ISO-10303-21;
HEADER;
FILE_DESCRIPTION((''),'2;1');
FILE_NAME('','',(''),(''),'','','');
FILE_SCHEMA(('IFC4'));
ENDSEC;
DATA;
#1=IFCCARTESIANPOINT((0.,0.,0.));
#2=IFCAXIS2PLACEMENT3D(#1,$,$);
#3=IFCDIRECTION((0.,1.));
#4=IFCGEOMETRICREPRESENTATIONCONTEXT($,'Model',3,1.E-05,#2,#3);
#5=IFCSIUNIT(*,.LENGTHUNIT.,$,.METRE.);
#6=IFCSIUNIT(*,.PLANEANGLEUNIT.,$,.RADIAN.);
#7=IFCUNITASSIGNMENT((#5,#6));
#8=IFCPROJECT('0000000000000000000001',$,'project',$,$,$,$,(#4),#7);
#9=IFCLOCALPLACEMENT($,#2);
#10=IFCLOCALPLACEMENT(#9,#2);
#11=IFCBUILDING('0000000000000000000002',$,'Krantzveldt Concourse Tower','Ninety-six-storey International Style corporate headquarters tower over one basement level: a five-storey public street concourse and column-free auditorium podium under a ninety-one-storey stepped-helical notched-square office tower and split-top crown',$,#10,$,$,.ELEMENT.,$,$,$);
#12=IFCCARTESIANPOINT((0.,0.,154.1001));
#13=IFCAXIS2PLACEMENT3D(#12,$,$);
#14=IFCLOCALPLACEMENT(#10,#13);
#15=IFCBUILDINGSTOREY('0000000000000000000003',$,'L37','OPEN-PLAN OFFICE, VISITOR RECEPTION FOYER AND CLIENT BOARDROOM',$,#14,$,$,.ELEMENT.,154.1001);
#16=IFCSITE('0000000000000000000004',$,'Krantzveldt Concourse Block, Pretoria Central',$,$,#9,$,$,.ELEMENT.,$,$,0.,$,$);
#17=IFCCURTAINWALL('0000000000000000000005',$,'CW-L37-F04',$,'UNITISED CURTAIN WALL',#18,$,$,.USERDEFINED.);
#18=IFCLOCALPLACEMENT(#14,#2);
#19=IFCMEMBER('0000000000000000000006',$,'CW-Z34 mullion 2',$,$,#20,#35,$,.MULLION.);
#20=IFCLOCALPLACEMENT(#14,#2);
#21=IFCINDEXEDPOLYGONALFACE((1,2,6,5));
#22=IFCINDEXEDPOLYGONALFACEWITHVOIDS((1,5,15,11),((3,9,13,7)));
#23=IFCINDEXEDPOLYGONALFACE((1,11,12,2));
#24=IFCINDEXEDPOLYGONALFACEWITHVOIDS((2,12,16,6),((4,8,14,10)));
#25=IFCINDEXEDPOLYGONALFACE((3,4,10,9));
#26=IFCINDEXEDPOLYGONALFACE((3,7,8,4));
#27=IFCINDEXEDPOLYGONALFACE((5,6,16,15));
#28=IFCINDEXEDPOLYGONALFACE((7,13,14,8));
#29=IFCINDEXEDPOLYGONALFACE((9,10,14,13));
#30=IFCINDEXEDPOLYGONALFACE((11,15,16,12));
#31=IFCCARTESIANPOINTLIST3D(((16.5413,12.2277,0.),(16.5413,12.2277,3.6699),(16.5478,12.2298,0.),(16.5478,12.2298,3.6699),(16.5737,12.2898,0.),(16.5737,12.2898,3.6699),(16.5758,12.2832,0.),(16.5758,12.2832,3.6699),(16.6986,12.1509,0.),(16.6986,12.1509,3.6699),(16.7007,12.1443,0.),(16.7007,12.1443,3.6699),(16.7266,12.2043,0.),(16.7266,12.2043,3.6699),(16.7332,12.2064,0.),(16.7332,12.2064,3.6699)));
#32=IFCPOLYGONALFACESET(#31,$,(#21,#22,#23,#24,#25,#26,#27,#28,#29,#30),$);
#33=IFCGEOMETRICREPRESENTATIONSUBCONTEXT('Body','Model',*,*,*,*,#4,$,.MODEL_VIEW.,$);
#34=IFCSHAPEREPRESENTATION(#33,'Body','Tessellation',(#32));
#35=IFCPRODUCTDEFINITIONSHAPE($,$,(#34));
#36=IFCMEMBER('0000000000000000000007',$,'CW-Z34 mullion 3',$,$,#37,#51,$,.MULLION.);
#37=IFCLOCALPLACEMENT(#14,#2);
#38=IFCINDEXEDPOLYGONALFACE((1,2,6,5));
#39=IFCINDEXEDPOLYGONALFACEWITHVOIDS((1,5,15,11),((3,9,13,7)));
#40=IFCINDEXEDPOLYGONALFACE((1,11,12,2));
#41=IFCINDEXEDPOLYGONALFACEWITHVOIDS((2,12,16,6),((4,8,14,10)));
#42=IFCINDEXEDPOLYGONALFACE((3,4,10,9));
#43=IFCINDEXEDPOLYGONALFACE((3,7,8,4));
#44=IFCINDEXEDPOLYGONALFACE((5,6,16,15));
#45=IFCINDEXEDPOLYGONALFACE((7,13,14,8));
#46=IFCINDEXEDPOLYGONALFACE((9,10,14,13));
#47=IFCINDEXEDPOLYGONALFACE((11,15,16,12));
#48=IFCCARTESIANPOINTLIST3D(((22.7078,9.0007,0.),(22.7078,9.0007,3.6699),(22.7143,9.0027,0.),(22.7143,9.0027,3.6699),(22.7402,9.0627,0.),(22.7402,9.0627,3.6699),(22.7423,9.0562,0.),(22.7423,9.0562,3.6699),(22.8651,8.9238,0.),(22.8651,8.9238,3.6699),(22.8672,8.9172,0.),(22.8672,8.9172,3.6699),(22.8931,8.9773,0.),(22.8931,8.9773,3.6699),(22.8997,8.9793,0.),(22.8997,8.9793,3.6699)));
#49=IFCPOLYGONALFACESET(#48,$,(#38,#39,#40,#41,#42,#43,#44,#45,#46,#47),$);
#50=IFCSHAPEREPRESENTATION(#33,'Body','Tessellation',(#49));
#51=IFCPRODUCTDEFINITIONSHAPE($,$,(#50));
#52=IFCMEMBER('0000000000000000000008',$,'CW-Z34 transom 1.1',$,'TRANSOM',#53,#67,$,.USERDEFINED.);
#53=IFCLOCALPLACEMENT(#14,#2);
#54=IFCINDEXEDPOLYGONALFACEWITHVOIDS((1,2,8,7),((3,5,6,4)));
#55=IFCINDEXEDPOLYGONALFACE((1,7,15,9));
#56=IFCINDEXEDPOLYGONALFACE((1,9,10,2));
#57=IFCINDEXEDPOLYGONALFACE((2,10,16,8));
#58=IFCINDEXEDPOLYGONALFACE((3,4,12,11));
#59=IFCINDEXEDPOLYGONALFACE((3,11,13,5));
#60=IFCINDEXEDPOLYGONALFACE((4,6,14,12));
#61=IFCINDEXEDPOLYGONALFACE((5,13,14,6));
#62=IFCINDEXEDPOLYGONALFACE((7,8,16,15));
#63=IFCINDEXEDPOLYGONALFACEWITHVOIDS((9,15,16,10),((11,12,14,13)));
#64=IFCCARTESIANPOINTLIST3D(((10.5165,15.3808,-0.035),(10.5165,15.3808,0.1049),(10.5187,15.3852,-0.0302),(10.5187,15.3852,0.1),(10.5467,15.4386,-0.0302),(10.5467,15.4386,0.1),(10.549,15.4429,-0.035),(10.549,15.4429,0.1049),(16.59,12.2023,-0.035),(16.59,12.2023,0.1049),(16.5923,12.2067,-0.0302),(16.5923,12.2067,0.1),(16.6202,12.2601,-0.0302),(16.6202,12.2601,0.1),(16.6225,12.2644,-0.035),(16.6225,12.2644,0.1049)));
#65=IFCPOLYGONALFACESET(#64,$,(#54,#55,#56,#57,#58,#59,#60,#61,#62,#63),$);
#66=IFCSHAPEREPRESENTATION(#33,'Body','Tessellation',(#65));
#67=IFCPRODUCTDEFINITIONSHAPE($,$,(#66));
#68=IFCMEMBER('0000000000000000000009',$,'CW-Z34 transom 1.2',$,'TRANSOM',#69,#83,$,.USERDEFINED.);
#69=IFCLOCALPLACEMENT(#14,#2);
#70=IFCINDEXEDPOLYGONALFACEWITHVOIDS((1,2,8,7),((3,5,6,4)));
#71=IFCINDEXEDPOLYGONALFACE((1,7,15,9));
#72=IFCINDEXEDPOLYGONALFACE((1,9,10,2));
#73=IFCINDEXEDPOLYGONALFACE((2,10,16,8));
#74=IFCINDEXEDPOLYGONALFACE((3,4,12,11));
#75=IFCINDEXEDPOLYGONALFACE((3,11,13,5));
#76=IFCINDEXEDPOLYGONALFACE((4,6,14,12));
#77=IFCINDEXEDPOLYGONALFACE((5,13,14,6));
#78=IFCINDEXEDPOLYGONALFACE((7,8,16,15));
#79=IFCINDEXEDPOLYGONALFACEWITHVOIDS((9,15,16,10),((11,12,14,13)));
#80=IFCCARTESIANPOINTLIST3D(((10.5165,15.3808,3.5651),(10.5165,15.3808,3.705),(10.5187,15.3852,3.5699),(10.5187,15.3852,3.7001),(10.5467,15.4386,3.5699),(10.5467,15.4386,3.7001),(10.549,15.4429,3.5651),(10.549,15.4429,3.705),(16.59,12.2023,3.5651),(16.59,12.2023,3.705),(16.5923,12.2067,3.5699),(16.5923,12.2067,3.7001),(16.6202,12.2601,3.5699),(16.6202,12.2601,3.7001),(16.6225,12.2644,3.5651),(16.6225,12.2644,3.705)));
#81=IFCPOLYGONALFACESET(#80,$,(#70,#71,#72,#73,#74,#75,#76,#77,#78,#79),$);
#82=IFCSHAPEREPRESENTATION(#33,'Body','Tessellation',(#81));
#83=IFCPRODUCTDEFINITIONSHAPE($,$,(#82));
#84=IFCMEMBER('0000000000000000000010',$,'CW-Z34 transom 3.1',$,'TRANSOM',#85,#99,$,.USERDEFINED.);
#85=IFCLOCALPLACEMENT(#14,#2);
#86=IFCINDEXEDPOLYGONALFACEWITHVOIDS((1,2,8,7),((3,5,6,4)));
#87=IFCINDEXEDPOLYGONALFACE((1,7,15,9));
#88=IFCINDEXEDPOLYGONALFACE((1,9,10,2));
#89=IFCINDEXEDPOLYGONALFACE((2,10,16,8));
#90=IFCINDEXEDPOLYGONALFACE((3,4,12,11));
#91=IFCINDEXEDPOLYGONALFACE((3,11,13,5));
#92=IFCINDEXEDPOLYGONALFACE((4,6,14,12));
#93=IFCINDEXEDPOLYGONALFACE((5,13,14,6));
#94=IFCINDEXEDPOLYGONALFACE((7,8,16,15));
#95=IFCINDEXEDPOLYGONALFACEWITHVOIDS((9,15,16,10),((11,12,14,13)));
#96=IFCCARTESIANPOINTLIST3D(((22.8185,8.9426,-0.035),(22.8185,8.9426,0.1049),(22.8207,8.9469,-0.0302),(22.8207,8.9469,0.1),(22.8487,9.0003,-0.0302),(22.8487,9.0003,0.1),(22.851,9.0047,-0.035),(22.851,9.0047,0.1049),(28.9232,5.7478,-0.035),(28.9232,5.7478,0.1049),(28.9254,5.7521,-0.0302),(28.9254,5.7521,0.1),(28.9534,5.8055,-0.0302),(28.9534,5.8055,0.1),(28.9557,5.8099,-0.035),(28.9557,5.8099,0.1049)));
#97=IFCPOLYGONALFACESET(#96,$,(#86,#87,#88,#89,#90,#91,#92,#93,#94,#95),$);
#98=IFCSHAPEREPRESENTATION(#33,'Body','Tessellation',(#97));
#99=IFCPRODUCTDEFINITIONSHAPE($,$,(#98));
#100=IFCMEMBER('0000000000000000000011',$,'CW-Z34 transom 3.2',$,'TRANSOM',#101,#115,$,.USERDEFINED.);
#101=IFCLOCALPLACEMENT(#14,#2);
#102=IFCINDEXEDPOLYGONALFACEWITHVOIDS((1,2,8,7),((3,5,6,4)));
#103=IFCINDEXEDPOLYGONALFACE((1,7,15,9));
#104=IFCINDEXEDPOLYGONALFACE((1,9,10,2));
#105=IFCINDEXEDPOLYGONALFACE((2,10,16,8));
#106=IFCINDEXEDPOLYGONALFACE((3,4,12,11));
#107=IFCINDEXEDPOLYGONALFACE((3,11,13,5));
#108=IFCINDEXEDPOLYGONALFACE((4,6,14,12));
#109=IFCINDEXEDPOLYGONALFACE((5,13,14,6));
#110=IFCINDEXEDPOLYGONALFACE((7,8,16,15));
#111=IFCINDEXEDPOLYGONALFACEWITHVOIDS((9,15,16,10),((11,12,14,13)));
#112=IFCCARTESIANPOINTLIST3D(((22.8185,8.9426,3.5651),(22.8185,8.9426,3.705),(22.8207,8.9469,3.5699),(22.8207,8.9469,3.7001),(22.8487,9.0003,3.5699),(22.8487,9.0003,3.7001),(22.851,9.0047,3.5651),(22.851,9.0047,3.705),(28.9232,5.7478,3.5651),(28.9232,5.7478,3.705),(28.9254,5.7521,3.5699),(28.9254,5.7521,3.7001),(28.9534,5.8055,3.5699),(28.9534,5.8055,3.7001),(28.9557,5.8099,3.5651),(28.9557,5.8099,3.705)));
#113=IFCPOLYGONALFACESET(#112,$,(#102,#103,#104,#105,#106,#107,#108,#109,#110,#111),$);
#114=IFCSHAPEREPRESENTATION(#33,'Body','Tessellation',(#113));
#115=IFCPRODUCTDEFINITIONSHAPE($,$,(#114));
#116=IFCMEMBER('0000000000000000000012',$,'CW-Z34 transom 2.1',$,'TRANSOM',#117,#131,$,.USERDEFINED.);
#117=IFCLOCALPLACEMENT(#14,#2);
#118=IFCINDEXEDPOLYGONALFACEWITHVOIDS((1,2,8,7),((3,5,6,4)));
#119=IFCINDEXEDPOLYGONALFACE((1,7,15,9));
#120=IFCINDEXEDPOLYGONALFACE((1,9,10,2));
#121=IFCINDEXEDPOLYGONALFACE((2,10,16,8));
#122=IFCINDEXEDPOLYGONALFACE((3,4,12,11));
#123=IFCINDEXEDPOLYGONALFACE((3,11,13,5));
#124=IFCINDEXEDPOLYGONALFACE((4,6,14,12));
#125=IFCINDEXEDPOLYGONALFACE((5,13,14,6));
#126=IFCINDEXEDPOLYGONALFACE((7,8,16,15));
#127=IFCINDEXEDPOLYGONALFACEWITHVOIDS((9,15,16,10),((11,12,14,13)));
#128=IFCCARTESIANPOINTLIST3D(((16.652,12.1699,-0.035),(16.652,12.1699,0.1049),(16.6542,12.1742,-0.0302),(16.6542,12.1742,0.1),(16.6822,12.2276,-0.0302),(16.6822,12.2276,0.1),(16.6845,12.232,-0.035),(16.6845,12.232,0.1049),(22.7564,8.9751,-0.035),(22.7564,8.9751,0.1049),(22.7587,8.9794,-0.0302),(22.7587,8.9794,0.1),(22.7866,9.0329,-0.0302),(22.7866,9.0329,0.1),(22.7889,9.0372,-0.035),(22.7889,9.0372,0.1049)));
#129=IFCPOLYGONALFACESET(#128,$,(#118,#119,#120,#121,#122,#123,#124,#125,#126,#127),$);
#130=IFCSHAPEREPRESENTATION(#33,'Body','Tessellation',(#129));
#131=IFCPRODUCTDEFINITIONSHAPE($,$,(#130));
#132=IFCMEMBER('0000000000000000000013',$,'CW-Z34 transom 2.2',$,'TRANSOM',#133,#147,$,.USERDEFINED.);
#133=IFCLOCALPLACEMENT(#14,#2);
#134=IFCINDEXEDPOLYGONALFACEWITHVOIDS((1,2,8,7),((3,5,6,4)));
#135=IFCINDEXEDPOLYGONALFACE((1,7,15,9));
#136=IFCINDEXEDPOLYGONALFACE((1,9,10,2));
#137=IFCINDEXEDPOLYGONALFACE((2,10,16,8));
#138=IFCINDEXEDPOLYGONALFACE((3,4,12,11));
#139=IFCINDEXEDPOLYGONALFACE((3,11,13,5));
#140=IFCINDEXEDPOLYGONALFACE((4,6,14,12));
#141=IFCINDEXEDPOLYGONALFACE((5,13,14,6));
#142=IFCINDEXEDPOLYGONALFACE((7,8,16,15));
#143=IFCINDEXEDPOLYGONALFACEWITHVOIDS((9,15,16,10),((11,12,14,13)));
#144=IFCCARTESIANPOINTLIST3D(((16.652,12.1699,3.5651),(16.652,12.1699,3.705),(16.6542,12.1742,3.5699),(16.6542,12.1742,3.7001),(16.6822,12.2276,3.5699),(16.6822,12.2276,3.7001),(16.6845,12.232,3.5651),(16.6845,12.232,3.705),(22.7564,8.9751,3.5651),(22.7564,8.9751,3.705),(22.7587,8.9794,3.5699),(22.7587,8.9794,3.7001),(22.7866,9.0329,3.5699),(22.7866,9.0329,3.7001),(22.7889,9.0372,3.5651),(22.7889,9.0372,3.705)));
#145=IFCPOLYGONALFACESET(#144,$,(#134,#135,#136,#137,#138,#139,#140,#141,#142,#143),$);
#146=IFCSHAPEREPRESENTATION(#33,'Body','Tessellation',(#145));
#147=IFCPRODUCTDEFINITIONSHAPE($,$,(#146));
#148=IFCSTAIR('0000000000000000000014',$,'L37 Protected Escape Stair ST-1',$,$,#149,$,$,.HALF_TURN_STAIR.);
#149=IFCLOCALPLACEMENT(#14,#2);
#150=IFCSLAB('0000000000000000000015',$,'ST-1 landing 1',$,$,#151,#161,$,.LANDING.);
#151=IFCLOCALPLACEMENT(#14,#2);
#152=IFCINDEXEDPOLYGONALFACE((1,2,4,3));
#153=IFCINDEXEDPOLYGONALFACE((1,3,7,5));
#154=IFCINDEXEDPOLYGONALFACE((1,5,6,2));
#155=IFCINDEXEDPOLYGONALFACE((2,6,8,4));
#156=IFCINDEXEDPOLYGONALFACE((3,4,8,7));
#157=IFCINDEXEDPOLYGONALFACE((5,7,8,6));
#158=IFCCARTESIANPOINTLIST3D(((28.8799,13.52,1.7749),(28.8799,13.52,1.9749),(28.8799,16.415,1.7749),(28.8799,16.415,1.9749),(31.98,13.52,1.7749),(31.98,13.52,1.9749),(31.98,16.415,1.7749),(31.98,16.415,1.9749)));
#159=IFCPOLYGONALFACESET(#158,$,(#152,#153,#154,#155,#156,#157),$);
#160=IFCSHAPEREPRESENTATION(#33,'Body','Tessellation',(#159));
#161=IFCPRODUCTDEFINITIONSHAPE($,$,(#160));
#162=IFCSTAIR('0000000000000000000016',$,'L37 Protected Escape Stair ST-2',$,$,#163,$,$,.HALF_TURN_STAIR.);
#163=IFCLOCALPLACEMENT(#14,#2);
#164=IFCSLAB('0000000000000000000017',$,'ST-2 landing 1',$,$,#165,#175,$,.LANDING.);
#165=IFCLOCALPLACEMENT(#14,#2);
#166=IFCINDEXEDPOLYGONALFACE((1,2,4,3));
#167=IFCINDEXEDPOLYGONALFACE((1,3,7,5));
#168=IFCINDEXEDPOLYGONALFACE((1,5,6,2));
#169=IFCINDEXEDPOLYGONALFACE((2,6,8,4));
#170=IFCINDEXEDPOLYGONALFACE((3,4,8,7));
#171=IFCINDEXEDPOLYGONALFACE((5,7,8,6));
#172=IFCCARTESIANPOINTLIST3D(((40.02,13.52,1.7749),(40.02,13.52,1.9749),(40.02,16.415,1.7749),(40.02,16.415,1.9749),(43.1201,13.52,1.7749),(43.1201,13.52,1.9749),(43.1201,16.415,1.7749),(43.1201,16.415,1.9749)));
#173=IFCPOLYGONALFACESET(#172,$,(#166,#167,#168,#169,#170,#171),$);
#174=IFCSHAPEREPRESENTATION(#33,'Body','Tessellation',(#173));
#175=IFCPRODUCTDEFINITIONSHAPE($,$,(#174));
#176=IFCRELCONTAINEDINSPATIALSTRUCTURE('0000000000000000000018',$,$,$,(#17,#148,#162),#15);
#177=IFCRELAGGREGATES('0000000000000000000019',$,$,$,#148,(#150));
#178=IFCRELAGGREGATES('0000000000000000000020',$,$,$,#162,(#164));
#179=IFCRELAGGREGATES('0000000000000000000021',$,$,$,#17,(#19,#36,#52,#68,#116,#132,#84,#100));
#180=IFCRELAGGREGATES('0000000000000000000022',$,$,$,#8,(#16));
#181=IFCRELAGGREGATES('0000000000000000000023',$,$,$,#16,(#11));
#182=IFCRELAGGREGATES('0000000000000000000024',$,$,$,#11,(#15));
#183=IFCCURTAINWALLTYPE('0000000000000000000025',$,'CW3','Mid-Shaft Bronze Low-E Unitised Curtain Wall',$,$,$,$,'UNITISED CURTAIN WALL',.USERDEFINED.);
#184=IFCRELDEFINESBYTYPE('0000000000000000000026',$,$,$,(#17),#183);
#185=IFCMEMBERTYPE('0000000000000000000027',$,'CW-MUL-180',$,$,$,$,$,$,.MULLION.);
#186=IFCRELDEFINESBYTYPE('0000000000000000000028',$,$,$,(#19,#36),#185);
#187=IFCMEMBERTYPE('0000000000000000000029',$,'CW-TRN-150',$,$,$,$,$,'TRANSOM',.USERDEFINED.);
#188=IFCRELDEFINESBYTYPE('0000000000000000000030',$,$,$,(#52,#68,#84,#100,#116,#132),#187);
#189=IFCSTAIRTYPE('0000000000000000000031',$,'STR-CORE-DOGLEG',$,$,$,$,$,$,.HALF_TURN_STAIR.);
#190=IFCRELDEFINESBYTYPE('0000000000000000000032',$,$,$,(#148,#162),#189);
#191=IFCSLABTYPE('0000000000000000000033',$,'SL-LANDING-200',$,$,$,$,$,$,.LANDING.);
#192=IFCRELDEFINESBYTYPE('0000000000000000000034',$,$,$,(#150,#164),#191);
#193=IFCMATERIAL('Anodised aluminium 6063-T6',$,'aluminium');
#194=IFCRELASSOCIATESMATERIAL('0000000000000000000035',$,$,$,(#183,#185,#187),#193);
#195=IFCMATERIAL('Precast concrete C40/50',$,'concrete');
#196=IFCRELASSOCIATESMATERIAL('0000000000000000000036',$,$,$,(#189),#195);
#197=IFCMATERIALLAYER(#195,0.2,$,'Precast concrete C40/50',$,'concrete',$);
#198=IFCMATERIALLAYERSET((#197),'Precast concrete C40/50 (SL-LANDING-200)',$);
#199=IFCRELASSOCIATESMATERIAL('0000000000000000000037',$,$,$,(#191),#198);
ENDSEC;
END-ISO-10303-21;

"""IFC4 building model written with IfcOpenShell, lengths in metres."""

from ifc_helpers import new_model, si_unit, direction, frame, origin, origin_2d, place, context, subcontext, project, spatial, polyline, hollow_rectangle, outline, extrude, source, transform, mapped, material, layer, layer_set, material_profile, profile_set, type_object, type_shapes, element, aggregate, save


model = new_model("IFC4")

# Units and contexts
model_context = context("Model", 3, precision=1e-05, world=origin(), true_north=direction((0.0, 1.0)))
body_context = subcontext(model_context, "Body", "Model", "MODEL_VIEW")
ifc_project = project(units=[si_unit("LENGTHUNIT", "METRE"), si_unit("PLANEANGLEUNIT", "RADIAN")], contexts=[model_context])

# Site, building, storey
site_placement = place(None, origin())
site = spatial("IfcSite", under=ifc_project, at=site_placement, Name="Krantzveldt Concourse Block, Pretoria Central", CompositionType="ELEMENT", RefElevation=0.0)
building_placement = place(site_placement, origin())
building = spatial("IfcBuilding", under=site, at=building_placement, Name="Krantzveldt Concourse Tower", Description="Ninety-six-storey International Style corporate headquarters tower over one basement level: a five-storey public street concourse and column-free auditorium podium under a ninety-one-storey stepped-helical notched-square office tower and split-top crown", CompositionType="ELEMENT")
storey_placement = place(building_placement, frame((0.0, 0.0, 154.1001)))
storey = spatial("IfcBuildingStorey", under=building, at=storey_placement, Name="L37", Description="OPEN-PLAN OFFICE, VISITOR RECEPTION FOYER AND CLIENT BOARDROOM", CompositionType="ELEMENT", Elevation=154.1001)

# Shared definitions
ifc_material_1 = material(Name="Anodised aluminium 6063-T6", Category="aluminium")
curtain_wall_type = type_object("IfcCurtainWallType", Name="CW3", Description="Mid-Shaft Bronze Low-E Unitised Curtain Wall", ElementType="UNITISED CURTAIN WALL", PredefinedType="USERDEFINED", material=ifc_material_1)
ifc_material_profile_1 = material_profile(ifc_material_1, hollow_rectangle(XDim=0.0701, YDim=0.1799, WallThickness=0.0049, at=origin_2d()), Name="Anodised aluminium 6063-T6", Category="aluminium")
ifc_profile_set_1 = profile_set([ifc_material_profile_1], Name="Anodised aluminium 6063-T6 - ALU-MULL 180x70x5")
member_type_1 = type_object("IfcMemberType", Name="CW-MUL-180", PredefinedType="MULLION", material=ifc_profile_set_1)
shared_shape_1 = source(origin(), body_context, "Body", "SweptSolid", [
    extrude(hollow_rectangle(XDim=0.0701, YDim=0.1799, WallThickness=0.0049, at=origin_2d()), origin(), (0.0, 0.0, 1.0), 3.6699),
])
type_shapes(member_type_1, [shared_shape_1])

# Curtain wall, members
curtain_wall_1_placement = place(storey_placement, origin())
curtain_wall_1 = element("IfcCurtainWall", 1, at=curtain_wall_1_placement, inside=storey, type_object=curtain_wall_type, Name="CW-L37-F04", ObjectType="UNITISED CURTAIN WALL", PredefinedType="USERDEFINED")
member_1_placement = place(storey_placement, frame((16.6372, 12.217, 0.0), z_axis=(0.0, 0.0, 1.0), x_axis=(0.463683, 0.886001, 0.0)))
member_1 = element("IfcMember", 2, at=member_1_placement, type_object=member_type_1, Name="CW-Z34 mullion 2", PredefinedType="MULLION", context=body_context, shape_type="MappedRepresentation", body=[
    mapped(shared_shape_1, transform((0.0, 0.0, 0.0), x_axis=(1.0, 0.0, 0.0), y_axis=(0.0, 1.0, 0.0), z_axis=(0.0, 0.0, 1.0), scale=1.0)),
])
member_2_placement = place(storey_placement, frame((22.8037, 8.99, 0.0), z_axis=(0.0, 0.0, 1.0), x_axis=(0.463683, 0.886001, 0.0)))
member_2 = element("IfcMember", 3, at=member_2_placement, type_object=member_type_1, Name="CW-Z34 mullion 3", PredefinedType="MULLION", context=body_context, shape_type="MappedRepresentation", body=[
    mapped(shared_shape_1, transform((0.0, 0.0, 0.0), x_axis=(1.0, 0.0, 0.0), y_axis=(0.0, 1.0, 0.0), z_axis=(0.0, 0.0, 1.0), scale=1.0)),
])
ifc_material_profile_2 = material_profile(ifc_material_1, hollow_rectangle(XDim=0.0701, YDim=0.1399, WallThickness=0.0049, at=origin_2d()), Name="Anodised aluminium 6063-T6", Category="aluminium")
ifc_profile_set_2 = profile_set([ifc_material_profile_2], Name="Anodised aluminium 6063-T6 - ALU-TRAN 140x70x5")
member_type_2 = type_object("IfcMemberType", Name="CW-TRN-150", ElementType="TRANSOM", PredefinedType="USERDEFINED", material=ifc_profile_set_2)
shared_shape_2 = source(origin(), body_context, "Body", "SweptSolid", [
    extrude(hollow_rectangle(XDim=0.0701, YDim=0.1399, WallThickness=0.0049, at=origin_2d()), origin(), (0.0, 0.0, 1.0), 6.855),
])
member_3_placement = place(storey_placement, frame((10.5327, 15.4119, 0.0349), z_axis=(0.886004, -0.463677, 0.0), x_axis=(0.463677, 0.886004, 0.0)))
member_3 = element("IfcMember", 4, at=member_3_placement, type_object=member_type_2, Name="CW-Z34 transom 1.1", ObjectType="TRANSOM", PredefinedType="USERDEFINED", context=body_context, shape_type="MappedRepresentation", body=[
    mapped(shared_shape_2, transform((0.0, 0.0, 0.0), x_axis=(1.0, 0.0, 0.0), y_axis=(0.0, 1.0, 0.0), z_axis=(0.0, 0.0, 1.0), scale=1.0)),
])
member_4_placement = place(storey_placement, frame((10.5327, 15.4119, 3.635), z_axis=(0.886004, -0.463677, 0.0), x_axis=(0.463677, 0.886004, 0.0)))
member_4 = element("IfcMember", 5, at=member_4_placement, type_object=member_type_2, Name="CW-Z34 transom 1.2", ObjectType="TRANSOM", PredefinedType="USERDEFINED", context=body_context, shape_type="MappedRepresentation", body=[
    mapped(shared_shape_2, transform((0.0, 0.0, 0.0), x_axis=(1.0, 0.0, 0.0), y_axis=(0.0, 1.0, 0.0), z_axis=(0.0, 0.0, 1.0), scale=1.0)),
])
shared_shape_3 = source(origin(), body_context, "Body", "SweptSolid", [
    extrude(hollow_rectangle(XDim=0.0701, YDim=0.1399, WallThickness=0.0049, at=origin_2d()), origin(), (0.0, 0.0, 1.0), 6.8901),
])
member_5_placement = place(storey_placement, frame((22.8347, 8.9736, 0.0349), z_axis=(0.886004, -0.463677, 0.0), x_axis=(0.463677, 0.886004, 0.0)))
member_5 = element("IfcMember", 6, at=member_5_placement, type_object=member_type_2, Name="CW-Z34 transom 3.1", ObjectType="TRANSOM", PredefinedType="USERDEFINED", context=body_context, shape_type="MappedRepresentation", body=[
    mapped(shared_shape_3, transform((0.0, 0.0, 0.0), x_axis=(1.0, 0.0, 0.0), y_axis=(0.0, 1.0, 0.0), z_axis=(0.0, 0.0, 1.0), scale=1.0)),
])
member_6_placement = place(storey_placement, frame((22.8347, 8.9736, 3.635), z_axis=(0.886004, -0.463677, 0.0), x_axis=(0.463677, 0.886004, 0.0)))
member_6 = element("IfcMember", 7, at=member_6_placement, type_object=member_type_2, Name="CW-Z34 transom 3.2", ObjectType="TRANSOM", PredefinedType="USERDEFINED", context=body_context, shape_type="MappedRepresentation", body=[
    mapped(shared_shape_3, transform((0.0, 0.0, 0.0), x_axis=(1.0, 0.0, 0.0), y_axis=(0.0, 1.0, 0.0), z_axis=(0.0, 0.0, 1.0), scale=1.0)),
])
shared_shape_4 = source(origin(), body_context, "Body", "SweptSolid", [
    extrude(hollow_rectangle(XDim=0.0701, YDim=0.1399, WallThickness=0.0049, at=origin_2d()), origin(), (0.0, 0.0, 1.0), 6.8899),
])
type_shapes(member_type_2, [shared_shape_2, shared_shape_3, shared_shape_4])
member_7_placement = place(storey_placement, frame((16.6682, 12.2009, 0.0349), z_axis=(0.885997, -0.463692, 0.0), x_axis=(0.463692, 0.885997, 0.0)))
member_7 = element("IfcMember", 8, at=member_7_placement, type_object=member_type_2, Name="CW-Z34 transom 2.1", ObjectType="TRANSOM", PredefinedType="USERDEFINED", context=body_context, shape_type="MappedRepresentation", body=[
    mapped(shared_shape_4, transform((0.0, 0.0, 0.0), x_axis=(1.0, 0.0, 0.0), y_axis=(0.0, 1.0, 0.0), z_axis=(0.0, 0.0, 1.0), scale=1.0)),
])
member_8_placement = place(storey_placement, frame((16.6682, 12.2009, 3.635), z_axis=(0.885997, -0.463692, 0.0), x_axis=(0.463692, 0.885997, 0.0)))
member_8 = element("IfcMember", 9, at=member_8_placement, type_object=member_type_2, Name="CW-Z34 transom 2.2", ObjectType="TRANSOM", PredefinedType="USERDEFINED", context=body_context, shape_type="MappedRepresentation", body=[
    mapped(shared_shape_4, transform((0.0, 0.0, 0.0), x_axis=(1.0, 0.0, 0.0), y_axis=(0.0, 1.0, 0.0), z_axis=(0.0, 0.0, 1.0), scale=1.0)),
])

# Stairs, slabs
ifc_material_2 = material(Name="Precast concrete C40/50", Category="concrete")
stair_type = type_object("IfcStairType", Name="STR-CORE-DOGLEG", PredefinedType="HALF_TURN_STAIR", material=ifc_material_2)
stair_1_placement = place(storey_placement, origin())
stair_1 = element("IfcStair", 10, at=stair_1_placement, inside=storey, type_object=stair_type, Name="L37 Protected Escape Stair ST-1", PredefinedType="HALF_TURN_STAIR")
ifc_layer_1 = layer(ifc_material_2, 0.2, Name="Precast concrete C40/50", Category="concrete")
ifc_layer_set_1 = layer_set([ifc_layer_1], Name="Precast concrete C40/50 (SL-LANDING-200)")
slab_type_1 = type_object("IfcSlabType", Name="SL-LANDING-200", PredefinedType="LANDING", material=ifc_layer_set_1)
slab_1_placement = place(storey_placement, frame((0.0, 0.0, 1.7749)))
slab_1 = element("IfcSlab", 11, at=slab_1_placement, type_object=slab_type_1, Name="ST-1 landing 1", PredefinedType="LANDING", context=body_context, shape_type="SweptSolid", body=[
    extrude(outline(polyline([(28.8799, 16.415), (28.8799, 13.52), (31.98, 13.52), (31.98, 16.415), (28.8799, 16.415)])), origin(), (0.0, 0.0, 1.0), 0.2),
])
aggregate(stair_1, [slab_1])
stair_2_placement = place(storey_placement, origin())
stair_2 = element("IfcStair", 12, at=stair_2_placement, inside=storey, type_object=stair_type, Name="L37 Protected Escape Stair ST-2", PredefinedType="HALF_TURN_STAIR")
slab_2_placement = place(storey_placement, frame((0.0, 0.0, 1.7749)))
slab_2 = element("IfcSlab", 13, at=slab_2_placement, type_object=slab_type_1, Name="ST-2 landing 1", PredefinedType="LANDING", context=body_context, shape_type="SweptSolid", body=[
    extrude(outline(polyline([(40.02, 16.415), (40.02, 13.52), (43.1201, 13.52), (43.1201, 16.415), (40.02, 16.415)])), origin(), (0.0, 0.0, 1.0), 0.2),
])
aggregate(stair_2, [slab_2])

aggregate(curtain_wall_1, [member_1, member_2, member_3, member_4, member_7, member_8, member_5, member_6])

save(model, "model.ifc")
